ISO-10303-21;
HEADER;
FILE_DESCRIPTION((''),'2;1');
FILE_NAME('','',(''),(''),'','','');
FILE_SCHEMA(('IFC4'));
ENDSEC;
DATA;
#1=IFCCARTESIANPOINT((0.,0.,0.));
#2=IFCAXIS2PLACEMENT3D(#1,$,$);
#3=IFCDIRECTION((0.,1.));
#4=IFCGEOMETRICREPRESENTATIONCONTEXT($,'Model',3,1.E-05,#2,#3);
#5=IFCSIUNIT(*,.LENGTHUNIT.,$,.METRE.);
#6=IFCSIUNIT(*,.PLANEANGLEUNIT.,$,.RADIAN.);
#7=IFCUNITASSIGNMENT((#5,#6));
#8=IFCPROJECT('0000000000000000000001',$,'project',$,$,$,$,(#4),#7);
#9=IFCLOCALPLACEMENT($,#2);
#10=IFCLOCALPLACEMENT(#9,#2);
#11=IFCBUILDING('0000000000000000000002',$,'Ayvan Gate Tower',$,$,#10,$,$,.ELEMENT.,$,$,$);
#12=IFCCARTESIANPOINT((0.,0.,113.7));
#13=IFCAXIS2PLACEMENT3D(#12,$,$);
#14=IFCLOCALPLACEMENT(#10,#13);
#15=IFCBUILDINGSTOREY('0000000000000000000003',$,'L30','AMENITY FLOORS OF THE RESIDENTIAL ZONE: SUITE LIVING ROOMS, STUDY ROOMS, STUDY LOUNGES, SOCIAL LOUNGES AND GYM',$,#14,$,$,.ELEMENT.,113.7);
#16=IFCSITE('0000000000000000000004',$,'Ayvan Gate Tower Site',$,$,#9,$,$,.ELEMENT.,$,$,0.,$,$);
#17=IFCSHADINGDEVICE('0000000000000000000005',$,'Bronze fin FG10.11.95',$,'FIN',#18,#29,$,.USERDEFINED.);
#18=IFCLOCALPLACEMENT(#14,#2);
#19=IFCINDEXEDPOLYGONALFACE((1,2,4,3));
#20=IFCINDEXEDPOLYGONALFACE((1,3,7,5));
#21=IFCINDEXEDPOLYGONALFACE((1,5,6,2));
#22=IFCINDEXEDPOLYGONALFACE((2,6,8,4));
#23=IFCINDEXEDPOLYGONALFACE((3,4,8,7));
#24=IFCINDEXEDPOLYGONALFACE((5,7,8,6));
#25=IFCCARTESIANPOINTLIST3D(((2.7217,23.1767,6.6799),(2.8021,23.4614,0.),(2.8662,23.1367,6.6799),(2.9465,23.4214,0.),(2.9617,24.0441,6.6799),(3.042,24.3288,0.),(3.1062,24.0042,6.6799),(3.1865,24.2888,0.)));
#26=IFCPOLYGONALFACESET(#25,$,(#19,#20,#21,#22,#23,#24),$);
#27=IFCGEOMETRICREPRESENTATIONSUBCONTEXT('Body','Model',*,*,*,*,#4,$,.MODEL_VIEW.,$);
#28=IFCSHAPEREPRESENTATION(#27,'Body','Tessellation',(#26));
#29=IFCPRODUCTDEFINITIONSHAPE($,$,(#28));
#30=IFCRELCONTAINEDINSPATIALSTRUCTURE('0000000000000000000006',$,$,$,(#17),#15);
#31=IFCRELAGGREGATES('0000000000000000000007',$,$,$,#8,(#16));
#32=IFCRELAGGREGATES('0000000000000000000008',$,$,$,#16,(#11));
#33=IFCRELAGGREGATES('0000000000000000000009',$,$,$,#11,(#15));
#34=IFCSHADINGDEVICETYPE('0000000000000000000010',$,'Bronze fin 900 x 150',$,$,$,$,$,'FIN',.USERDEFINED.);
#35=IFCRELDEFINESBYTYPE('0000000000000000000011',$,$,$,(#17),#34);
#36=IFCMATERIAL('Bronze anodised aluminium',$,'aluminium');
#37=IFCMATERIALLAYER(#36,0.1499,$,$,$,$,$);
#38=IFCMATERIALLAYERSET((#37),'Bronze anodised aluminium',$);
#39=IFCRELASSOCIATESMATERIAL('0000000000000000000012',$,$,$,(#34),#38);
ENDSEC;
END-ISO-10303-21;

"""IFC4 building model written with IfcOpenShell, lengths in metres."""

from ifc_helpers import new_model, si_unit, direction, frame, origin, place, context, subcontext, project, spatial, polyline, outline, extrude, material, layer, layer_set, type_object, element, save


model = new_model("IFC4")

# Units and contexts
model_context = context("Model", 3, precision=1e-05, world=origin(), true_north=direction((0.0, 1.0)))
body_context = subcontext(model_context, "Body", "Model", "MODEL_VIEW")
ifc_project = project(units=[si_unit("LENGTHUNIT", "METRE"), si_unit("PLANEANGLEUNIT", "RADIAN")], contexts=[model_context])

# Site, building, storey
site_placement = place(None, origin())
site = spatial("IfcSite", under=ifc_project, at=site_placement, Name="Ayvan Gate Tower Site", CompositionType="ELEMENT", RefElevation=0.0)
building_placement = place(site_placement, origin())
building = spatial("IfcBuilding", under=site, at=building_placement, Name="Ayvan Gate Tower", CompositionType="ELEMENT")
storey_placement = place(building_placement, frame((0.0, 0.0, 113.7)))
storey = spatial("IfcBuildingStorey", under=building, at=storey_placement, Name="L30", Description="AMENITY FLOORS OF THE RESIDENTIAL ZONE: SUITE LIVING ROOMS, STUDY ROOMS, STUDY LOUNGES, SOCIAL LOUNGES AND GYM", CompositionType="ELEMENT", Elevation=113.7)

# Shared definitions
ifc_material_1 = material(Name="Bronze anodised aluminium", Category="aluminium")

# Shading device
ifc_layer_1 = layer(ifc_material_1, 0.1499)
ifc_layer_set_1 = layer_set([ifc_layer_1], Name="Bronze anodised aluminium")
shading_device_type = type_object("IfcShadingDeviceType", Name="Bronze fin 900 x 150", ElementType="FIN", PredefinedType="USERDEFINED", material=ifc_layer_set_1)
shading_device_1_placement = place(storey_placement, frame((2.9465, 23.4214, 0.0), z_axis=(0.963793, -0.26665, 0.000226), x_axis=(0.26665, 0.963793, 0.0)))
element("IfcShadingDevice", 1, at=shading_device_1_placement, inside=storey, type_object=shading_device_type, Name="Bronze fin FG10.11.95", ObjectType="FIN", PredefinedType="USERDEFINED", context=body_context, shape_type="SweptSolid", body=[
    extrude(outline(polyline([(0.0, 0.0), (0.9, 0.0), (0.6042, 6.6799), (-0.2958, 6.6799), (0.0, 0.0)])), origin(), (0.0, 0.0, -1.0), 0.1499),
])

save(model, "model.ifc")
